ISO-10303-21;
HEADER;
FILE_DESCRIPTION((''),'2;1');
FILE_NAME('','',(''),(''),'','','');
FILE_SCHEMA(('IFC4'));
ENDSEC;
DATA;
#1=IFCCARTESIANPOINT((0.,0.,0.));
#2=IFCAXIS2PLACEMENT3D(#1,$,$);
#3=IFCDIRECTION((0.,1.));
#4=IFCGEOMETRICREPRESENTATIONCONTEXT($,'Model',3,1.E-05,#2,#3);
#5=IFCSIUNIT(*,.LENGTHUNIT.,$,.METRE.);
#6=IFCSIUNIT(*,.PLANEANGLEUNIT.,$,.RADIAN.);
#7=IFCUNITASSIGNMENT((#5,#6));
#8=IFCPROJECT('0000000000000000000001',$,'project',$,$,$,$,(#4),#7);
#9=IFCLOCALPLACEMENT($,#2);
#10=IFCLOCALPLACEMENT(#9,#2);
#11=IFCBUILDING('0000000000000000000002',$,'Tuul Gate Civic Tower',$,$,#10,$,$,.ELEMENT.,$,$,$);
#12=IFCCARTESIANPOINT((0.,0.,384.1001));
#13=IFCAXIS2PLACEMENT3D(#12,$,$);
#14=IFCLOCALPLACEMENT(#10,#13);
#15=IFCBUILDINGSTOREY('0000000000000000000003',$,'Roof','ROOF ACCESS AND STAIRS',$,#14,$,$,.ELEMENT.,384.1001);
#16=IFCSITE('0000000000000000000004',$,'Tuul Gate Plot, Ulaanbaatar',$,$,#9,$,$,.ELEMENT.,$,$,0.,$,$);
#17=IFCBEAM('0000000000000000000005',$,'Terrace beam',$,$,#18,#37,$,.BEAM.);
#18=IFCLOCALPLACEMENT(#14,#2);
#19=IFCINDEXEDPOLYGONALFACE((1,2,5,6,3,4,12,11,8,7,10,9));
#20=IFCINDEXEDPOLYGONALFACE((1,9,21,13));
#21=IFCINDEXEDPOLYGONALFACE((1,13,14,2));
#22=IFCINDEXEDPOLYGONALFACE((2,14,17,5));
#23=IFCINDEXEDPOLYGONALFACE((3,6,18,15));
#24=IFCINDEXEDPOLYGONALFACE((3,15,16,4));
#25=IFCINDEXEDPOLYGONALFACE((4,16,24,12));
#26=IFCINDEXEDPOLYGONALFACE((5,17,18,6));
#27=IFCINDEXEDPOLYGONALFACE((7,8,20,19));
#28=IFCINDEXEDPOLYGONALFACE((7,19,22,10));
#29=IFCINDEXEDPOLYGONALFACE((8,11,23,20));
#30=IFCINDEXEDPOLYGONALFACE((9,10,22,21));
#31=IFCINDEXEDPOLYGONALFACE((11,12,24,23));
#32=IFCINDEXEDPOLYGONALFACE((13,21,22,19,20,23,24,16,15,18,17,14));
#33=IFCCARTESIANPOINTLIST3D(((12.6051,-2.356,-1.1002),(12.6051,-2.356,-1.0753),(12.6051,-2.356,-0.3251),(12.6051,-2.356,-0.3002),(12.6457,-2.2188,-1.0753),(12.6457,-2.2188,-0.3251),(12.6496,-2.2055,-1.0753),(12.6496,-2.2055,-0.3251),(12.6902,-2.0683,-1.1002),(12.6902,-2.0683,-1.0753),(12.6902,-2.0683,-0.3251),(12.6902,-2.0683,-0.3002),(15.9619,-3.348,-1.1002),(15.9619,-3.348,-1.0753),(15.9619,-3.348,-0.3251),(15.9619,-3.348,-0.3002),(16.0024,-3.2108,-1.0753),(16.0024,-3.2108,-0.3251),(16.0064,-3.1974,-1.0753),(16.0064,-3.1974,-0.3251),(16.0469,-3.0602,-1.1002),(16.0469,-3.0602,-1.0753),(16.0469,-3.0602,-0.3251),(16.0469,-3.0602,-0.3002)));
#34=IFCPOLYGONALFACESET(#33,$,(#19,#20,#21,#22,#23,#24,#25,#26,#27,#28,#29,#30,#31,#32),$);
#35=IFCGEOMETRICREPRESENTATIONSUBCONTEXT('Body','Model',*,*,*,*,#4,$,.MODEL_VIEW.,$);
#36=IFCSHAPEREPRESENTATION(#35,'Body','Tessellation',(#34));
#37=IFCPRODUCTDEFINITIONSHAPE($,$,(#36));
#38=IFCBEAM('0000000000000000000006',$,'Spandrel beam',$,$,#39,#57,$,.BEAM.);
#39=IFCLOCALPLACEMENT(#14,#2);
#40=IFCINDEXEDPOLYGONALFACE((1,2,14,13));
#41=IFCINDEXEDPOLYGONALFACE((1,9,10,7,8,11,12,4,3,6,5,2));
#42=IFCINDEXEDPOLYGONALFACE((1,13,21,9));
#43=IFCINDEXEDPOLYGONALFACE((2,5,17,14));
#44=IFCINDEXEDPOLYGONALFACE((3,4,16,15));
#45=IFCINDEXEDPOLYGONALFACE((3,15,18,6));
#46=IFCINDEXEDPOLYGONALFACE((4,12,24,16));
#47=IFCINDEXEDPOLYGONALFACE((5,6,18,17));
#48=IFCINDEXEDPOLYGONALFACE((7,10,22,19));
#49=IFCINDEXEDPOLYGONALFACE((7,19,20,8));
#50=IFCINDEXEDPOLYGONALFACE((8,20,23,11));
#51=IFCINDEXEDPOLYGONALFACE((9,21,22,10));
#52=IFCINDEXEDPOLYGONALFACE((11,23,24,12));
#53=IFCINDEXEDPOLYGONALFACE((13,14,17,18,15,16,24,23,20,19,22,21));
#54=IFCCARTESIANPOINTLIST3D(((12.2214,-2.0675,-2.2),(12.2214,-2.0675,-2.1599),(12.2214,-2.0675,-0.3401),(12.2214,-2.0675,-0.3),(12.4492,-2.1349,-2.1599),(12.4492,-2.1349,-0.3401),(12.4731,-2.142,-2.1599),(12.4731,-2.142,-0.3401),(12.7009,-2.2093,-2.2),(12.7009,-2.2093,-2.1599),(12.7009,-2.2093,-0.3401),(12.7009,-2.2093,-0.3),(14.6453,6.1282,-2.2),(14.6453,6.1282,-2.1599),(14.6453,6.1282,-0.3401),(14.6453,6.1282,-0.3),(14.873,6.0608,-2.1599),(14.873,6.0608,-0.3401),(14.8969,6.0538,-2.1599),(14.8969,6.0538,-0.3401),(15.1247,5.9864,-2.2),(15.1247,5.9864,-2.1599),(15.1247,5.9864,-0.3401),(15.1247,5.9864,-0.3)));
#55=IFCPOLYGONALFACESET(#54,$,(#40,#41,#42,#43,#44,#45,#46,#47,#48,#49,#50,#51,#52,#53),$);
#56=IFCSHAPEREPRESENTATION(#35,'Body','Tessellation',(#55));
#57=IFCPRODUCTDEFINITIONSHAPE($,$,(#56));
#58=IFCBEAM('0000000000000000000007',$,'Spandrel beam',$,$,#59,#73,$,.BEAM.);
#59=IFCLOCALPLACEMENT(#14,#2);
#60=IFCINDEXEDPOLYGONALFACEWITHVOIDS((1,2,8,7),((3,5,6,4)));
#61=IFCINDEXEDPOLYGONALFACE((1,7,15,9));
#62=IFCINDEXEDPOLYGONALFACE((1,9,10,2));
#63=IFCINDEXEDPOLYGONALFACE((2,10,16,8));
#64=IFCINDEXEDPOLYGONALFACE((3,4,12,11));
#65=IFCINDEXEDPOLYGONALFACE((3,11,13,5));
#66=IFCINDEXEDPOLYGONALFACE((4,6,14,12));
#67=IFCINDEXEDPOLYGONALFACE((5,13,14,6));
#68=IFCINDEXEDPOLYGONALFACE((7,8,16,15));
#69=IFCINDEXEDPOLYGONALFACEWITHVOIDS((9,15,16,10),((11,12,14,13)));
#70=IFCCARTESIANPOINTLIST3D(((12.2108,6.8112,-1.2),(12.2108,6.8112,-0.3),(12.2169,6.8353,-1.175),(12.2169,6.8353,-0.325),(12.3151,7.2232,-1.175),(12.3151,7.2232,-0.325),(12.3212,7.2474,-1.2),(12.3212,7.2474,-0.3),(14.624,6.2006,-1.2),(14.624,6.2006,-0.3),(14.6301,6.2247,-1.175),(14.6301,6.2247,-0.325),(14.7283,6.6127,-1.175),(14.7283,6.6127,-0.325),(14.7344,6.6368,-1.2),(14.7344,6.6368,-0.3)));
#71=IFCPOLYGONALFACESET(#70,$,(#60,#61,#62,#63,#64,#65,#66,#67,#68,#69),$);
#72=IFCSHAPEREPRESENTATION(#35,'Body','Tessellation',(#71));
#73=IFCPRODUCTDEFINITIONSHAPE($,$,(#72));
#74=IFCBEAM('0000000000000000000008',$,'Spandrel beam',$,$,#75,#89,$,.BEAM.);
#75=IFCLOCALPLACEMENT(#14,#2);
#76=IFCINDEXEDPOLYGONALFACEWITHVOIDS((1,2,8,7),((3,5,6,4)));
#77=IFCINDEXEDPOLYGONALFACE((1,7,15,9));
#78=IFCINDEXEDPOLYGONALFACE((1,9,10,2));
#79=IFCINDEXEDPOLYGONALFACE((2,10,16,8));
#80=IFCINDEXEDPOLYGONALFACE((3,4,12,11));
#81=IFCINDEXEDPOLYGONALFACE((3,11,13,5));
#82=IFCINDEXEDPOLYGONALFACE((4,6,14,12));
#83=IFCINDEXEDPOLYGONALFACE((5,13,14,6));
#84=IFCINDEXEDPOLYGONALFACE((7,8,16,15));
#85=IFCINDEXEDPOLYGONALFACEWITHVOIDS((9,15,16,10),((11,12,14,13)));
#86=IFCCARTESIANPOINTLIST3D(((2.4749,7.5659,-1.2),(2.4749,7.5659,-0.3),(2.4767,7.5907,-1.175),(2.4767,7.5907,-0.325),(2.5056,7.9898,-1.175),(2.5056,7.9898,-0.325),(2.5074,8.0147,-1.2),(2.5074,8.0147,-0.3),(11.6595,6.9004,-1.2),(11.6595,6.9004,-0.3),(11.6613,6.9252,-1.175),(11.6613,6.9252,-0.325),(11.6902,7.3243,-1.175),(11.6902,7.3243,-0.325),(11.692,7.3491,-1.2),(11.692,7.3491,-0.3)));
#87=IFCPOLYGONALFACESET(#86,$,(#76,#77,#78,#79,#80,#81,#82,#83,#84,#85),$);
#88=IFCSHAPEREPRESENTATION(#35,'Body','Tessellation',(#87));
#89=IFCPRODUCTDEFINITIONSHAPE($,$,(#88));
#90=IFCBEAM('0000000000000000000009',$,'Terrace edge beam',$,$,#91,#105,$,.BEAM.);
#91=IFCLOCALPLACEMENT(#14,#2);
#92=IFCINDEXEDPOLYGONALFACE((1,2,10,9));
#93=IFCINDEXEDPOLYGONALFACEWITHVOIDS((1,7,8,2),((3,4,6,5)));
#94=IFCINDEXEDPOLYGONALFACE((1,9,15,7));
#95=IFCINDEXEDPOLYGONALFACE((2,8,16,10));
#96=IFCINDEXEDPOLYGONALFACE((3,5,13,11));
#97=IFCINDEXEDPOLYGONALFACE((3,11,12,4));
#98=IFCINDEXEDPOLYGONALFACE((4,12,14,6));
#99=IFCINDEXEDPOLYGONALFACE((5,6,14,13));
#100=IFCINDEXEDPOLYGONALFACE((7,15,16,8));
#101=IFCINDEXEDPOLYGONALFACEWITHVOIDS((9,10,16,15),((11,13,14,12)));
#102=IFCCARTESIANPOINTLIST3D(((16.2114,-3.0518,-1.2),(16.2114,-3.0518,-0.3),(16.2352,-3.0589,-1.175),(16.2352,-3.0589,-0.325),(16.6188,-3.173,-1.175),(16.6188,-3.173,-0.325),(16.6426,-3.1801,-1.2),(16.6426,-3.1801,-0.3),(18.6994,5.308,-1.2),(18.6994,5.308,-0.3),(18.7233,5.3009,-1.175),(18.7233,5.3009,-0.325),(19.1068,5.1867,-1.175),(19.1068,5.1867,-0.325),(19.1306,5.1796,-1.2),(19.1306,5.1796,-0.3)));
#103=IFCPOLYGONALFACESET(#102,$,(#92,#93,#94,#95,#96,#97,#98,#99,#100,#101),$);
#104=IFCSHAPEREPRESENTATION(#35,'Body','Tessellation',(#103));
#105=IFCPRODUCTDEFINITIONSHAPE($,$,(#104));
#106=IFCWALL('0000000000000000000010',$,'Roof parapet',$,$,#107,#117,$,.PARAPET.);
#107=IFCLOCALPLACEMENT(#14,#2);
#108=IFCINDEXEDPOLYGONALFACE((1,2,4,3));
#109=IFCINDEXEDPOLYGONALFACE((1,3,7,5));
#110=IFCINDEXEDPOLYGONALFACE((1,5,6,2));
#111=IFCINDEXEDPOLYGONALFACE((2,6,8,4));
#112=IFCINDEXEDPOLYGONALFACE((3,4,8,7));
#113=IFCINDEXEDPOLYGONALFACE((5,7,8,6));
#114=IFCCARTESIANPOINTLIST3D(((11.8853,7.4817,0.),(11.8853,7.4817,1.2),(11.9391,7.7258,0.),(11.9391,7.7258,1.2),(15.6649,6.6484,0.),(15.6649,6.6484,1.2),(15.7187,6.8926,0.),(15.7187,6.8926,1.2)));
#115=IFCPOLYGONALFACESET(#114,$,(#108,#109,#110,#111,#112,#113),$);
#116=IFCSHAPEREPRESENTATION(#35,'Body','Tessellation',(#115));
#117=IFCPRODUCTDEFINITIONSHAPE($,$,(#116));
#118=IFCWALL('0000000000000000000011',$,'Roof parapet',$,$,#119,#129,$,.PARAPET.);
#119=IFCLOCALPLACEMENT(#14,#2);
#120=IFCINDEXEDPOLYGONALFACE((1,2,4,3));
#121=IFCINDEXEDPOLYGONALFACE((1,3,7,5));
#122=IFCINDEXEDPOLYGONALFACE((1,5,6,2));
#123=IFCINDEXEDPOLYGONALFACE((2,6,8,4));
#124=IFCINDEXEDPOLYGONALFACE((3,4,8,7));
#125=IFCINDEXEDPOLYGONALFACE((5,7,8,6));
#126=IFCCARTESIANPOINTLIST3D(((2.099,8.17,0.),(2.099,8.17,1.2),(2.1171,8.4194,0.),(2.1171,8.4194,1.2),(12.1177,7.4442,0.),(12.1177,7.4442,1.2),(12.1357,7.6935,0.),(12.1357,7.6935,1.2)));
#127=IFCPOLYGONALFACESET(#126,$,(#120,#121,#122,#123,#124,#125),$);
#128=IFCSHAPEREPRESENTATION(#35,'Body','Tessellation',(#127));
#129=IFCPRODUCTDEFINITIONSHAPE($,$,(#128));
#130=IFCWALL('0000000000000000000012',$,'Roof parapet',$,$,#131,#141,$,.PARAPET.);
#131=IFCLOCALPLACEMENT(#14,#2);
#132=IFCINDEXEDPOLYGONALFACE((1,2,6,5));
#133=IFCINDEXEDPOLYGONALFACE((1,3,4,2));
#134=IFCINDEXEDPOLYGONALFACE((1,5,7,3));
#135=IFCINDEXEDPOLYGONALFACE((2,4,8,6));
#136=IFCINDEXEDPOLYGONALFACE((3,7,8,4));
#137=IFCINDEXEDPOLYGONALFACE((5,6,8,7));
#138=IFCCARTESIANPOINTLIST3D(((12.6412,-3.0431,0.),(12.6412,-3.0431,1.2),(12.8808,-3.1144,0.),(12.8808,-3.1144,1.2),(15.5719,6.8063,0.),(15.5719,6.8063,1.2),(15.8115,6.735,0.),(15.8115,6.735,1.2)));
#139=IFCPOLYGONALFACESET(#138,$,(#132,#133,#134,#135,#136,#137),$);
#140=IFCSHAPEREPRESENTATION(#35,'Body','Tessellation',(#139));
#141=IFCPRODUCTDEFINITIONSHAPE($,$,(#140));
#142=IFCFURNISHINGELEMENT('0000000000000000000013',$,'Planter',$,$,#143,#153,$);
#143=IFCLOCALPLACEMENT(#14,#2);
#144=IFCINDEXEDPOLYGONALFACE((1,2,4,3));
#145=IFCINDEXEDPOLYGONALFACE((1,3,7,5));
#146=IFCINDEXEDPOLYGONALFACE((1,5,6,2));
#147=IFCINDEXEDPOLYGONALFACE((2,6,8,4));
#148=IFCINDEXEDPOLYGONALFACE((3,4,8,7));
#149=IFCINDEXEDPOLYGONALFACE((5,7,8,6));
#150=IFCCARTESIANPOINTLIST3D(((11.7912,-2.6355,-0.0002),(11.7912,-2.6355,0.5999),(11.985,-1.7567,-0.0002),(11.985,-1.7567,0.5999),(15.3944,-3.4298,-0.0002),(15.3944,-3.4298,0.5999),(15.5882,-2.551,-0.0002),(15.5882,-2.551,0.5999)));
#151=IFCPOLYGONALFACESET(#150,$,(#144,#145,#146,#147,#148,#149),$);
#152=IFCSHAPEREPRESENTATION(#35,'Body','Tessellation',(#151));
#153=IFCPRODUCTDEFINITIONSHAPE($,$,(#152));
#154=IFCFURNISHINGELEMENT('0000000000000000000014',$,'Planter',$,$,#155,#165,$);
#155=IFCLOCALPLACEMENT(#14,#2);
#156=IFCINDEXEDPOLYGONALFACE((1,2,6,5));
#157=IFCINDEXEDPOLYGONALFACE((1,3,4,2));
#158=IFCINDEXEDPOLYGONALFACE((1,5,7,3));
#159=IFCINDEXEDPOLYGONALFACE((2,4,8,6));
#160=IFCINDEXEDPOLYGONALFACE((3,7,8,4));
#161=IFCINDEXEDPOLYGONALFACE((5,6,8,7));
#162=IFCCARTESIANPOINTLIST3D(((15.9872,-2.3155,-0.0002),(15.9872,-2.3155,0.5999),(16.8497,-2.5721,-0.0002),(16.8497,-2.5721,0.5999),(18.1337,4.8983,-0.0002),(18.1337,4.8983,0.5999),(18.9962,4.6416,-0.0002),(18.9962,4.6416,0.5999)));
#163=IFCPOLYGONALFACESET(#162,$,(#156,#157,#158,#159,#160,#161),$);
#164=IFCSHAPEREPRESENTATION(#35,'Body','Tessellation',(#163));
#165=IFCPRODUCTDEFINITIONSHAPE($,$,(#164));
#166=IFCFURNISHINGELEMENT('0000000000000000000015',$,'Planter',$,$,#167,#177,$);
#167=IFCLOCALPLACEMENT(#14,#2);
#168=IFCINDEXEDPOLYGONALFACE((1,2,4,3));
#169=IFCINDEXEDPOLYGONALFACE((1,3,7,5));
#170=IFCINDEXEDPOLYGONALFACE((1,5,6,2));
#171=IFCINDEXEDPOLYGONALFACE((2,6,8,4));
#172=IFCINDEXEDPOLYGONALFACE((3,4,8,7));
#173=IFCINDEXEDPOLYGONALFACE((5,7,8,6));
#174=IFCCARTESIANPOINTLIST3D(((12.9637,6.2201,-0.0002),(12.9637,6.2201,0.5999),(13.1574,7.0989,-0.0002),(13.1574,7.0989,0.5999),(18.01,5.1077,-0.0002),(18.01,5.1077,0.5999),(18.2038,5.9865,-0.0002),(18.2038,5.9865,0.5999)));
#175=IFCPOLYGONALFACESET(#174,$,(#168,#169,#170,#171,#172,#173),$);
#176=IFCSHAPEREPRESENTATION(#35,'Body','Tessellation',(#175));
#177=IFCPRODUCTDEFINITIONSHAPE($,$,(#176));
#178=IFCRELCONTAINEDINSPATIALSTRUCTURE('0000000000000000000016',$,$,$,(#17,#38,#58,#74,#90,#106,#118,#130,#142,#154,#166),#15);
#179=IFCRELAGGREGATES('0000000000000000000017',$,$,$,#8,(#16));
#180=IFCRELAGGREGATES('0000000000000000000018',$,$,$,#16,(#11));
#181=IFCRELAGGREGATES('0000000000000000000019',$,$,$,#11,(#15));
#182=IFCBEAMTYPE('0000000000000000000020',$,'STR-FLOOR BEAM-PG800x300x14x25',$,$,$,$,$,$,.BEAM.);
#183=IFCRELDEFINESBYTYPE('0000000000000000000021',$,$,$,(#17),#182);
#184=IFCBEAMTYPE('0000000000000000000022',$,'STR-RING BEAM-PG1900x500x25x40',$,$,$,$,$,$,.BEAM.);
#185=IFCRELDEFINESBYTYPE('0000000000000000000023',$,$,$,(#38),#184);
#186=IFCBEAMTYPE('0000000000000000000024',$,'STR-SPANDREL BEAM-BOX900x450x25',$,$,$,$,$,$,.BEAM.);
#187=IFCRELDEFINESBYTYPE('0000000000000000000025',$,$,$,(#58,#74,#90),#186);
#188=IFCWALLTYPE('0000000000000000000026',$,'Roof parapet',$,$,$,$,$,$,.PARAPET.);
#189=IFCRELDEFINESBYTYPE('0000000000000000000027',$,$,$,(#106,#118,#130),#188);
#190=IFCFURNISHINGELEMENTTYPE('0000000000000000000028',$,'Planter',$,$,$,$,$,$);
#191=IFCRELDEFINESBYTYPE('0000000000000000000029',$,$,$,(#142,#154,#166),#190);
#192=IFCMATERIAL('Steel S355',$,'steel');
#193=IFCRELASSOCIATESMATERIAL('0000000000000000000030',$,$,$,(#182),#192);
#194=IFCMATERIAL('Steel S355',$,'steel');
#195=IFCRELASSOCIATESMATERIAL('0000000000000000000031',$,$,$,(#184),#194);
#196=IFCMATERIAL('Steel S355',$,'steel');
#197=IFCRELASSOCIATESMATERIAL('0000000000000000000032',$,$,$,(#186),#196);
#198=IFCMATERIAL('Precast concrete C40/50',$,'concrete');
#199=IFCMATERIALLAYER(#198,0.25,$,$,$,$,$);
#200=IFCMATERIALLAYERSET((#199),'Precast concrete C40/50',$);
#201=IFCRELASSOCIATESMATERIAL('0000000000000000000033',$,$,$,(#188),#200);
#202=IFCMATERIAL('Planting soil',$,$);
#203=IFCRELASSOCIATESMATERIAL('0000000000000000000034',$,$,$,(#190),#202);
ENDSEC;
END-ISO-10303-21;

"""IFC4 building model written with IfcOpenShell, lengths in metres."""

from ifc_helpers import new_model, si_unit, direction, frame, frame_2d, origin, origin_2d, place, context, subcontext, project, spatial, rectangle, hollow_rectangle, i_section, extrude, material, layer, layer_set, material_profile, profile_set, type_object, element, save


model = new_model("IFC4")

# Units and contexts
model_context = context("Model", 3, precision=1e-05, world=origin(), true_north=direction((0.0, 1.0)))
body_context = subcontext(model_context, "Body", "Model", "MODEL_VIEW")
ifc_project = project(units=[si_unit("LENGTHUNIT", "METRE"), si_unit("PLANEANGLEUNIT", "RADIAN")], contexts=[model_context])

# Site, building, storey
site_placement = place(None, origin())
site = spatial("IfcSite", under=ifc_project, at=site_placement, Name="Tuul Gate Plot, Ulaanbaatar", CompositionType="ELEMENT", RefElevation=0.0)
building_placement = place(site_placement, origin())
building = spatial("IfcBuilding", under=site, at=building_placement, Name="Tuul Gate Civic Tower", CompositionType="ELEMENT")
storey_placement = place(building_placement, frame((0.0, 0.0, 384.1001)))
storey = spatial("IfcBuildingStorey", under=building, at=storey_placement, Name="Roof", Description="ROOF ACCESS AND STAIRS", CompositionType="ELEMENT", Elevation=384.1001)

# Beams
ifc_material_1 = material(Name="Steel S355", Category="steel")
ifc_material_profile_1 = material_profile(ifc_material_1, i_section(OverallWidth=0.3, OverallDepth=0.8, WebThickness=0.0139, FlangeThickness=0.0249, at=origin_2d()), Name="PG800x300x14x25")
ifc_profile_set_1 = profile_set([ifc_material_profile_1], Name="Steel S355")
beam_type_1 = type_object("IfcBeamType", Name="STR-FLOOR BEAM-PG800x300x14x25", PredefinedType="BEAM", material=ifc_profile_set_1)
beam_1_placement = place(storey_placement, frame((16.0044, -3.2041, -0.7002), z_axis=(-0.959003, 0.283397, 0.0), x_axis=(-0.283397, -0.959003, 0.0)))
element("IfcBeam", 1, at=beam_1_placement, inside=storey, type_object=beam_type_1, Name="Terrace beam", PredefinedType="BEAM", context=body_context, shape_type="SweptSolid", body=[
    extrude(i_section(OverallWidth=0.3, OverallDepth=0.8, WebThickness=0.0139, FlangeThickness=0.0249, at=origin_2d()), origin(), (0.0, 0.0, 1.0), 3.5002),
])
ifc_material_2 = material(Name="Steel S355", Category="steel")
ifc_material_profile_2 = material_profile(ifc_material_2, i_section(OverallWidth=0.5, OverallDepth=1.8999, WebThickness=0.0249, FlangeThickness=0.04, at=origin_2d()), Name="PG1900x500x25x40")
ifc_profile_set_2 = profile_set([ifc_material_profile_2], Name="Steel S355")
beam_type_2 = type_object("IfcBeamType", Name="STR-RING BEAM-PG1900x500x25x40", PredefinedType="BEAM", material=ifc_profile_set_2)
beam_2_placement = place(storey_placement, frame((12.4612, -2.1384, -1.25), z_axis=(0.283598, 0.958943, 0.0), x_axis=(-0.958943, 0.283598, 0.0)))
element("IfcBeam", 2, at=beam_2_placement, inside=storey, type_object=beam_type_2, Name="Spandrel beam", PredefinedType="BEAM", context=body_context, shape_type="SweptSolid", body=[
    extrude(i_section(OverallWidth=0.5, OverallDepth=1.8999, WebThickness=0.0249, FlangeThickness=0.04, at=origin_2d()), origin(), (0.0, 0.0, 1.0), 8.5466),
])
ifc_material_3 = material(Name="Steel S355", Category="steel")
ifc_material_profile_3 = material_profile(ifc_material_3, hollow_rectangle(XDim=0.45, YDim=0.8999, WallThickness=0.0249, at=origin_2d()), Name="BOX900x450x25")
ifc_profile_set_3 = profile_set([ifc_material_profile_3], Name="Steel S355")
beam_type_3 = type_object("IfcBeamType", Name="STR-SPANDREL BEAM-BOX900x450x25", PredefinedType="BEAM", material=ifc_profile_set_3)
beam_3_placement = place(storey_placement, frame((14.6792, 6.4187, -0.75), z_axis=(-0.969452, 0.245281, 0.0), x_axis=(-0.245281, -0.969452, 0.0)))
element("IfcBeam", 3, at=beam_3_placement, inside=storey, type_object=beam_type_3, Name="Spandrel beam", PredefinedType="BEAM", context=body_context, shape_type="SweptSolid", body=[
    extrude(hollow_rectangle(XDim=0.45, YDim=0.8999, WallThickness=0.0249, at=origin_2d()), origin(), (0.0, 0.0, 1.0), 2.4893),
])
beam_4_placement = place(storey_placement, frame((11.6758, 7.1248, -0.75), z_axis=(-0.997385, 0.072272, 0.0), x_axis=(-0.072272, -0.997385, 0.0)))
element("IfcBeam", 4, at=beam_4_placement, inside=storey, type_object=beam_type_3, Name="Spandrel beam", PredefinedType="BEAM", context=body_context, shape_type="SweptSolid", body=[
    extrude(hollow_rectangle(XDim=0.45, YDim=0.8999, WallThickness=0.0249, at=origin_2d()), origin(), (0.0, 0.0, 1.0), 9.2087),
])
beam_5_placement = place(storey_placement, frame((16.427, -3.116, -0.75), z_axis=(0.285252, 0.958453, 0.0), x_axis=(-0.958453, 0.285252, 0.0)))
element("IfcBeam", 5, at=beam_5_placement, inside=storey, type_object=beam_type_3, Name="Terrace edge beam", PredefinedType="BEAM", context=body_context, shape_type="SweptSolid", body=[
    extrude(hollow_rectangle(XDim=0.45, YDim=0.8999, WallThickness=0.0249, at=origin_2d()), origin(), (0.0, 0.0, 1.0), 8.7222),
])

# Walls
ifc_material_4 = material(Name="Precast concrete C40/50", Category="concrete")
ifc_layer = layer(ifc_material_4, 0.25)
ifc_layer_set = layer_set([ifc_layer], Name="Precast concrete C40/50")
wall_type = type_object("IfcWallType", Name="Roof parapet", PredefinedType="PARAPET", material=ifc_layer_set)
wall_1_placement = place(storey_placement, frame((15.6917, 6.7705, 0.0), z_axis=(0.0, 0.0, 1.0), x_axis=(-0.976549, 0.215294, 0.0)))
element("IfcWall", 6, at=wall_1_placement, inside=storey, type_object=wall_type, Name="Roof parapet", PredefinedType="PARAPET", context=body_context, shape_type="SweptSolid", body=[
    extrude(rectangle(XDim=3.8704, YDim=0.25, at=frame_2d((1.9351, 0.0))), origin(), (0.0, 0.0, 1.0), 1.2),
])
wall_2_placement = place(storey_placement, frame((12.1267, 7.5688, 0.0), z_axis=(0.0, 0.0, 1.0), x_axis=(-0.997386, 0.072259, 0.0)))
element("IfcWall", 7, at=wall_2_placement, inside=storey, type_object=wall_type, Name="Roof parapet", PredefinedType="PARAPET", context=body_context, shape_type="SweptSolid", body=[
    extrude(rectangle(XDim=10.0449, YDim=0.25, at=frame_2d((5.0225, 0.0))), origin(), (0.0, 0.0, 1.0), 1.2),
])
wall_3_placement = place(storey_placement, frame((12.761, -3.0789, 0.0), z_axis=(0.0, 0.0, 1.0), x_axis=(0.285191, 0.958471, 0.0)))
element("IfcWall", 8, at=wall_3_placement, inside=storey, type_object=wall_type, Name="Roof parapet", PredefinedType="PARAPET", context=body_context, shape_type="SweptSolid", body=[
    extrude(rectangle(XDim=10.2761, YDim=0.25, at=frame_2d((5.1382, 0.0))), origin(), (0.0, 0.0, 1.0), 1.2),
])

# Furnishing elements
ifc_material_5 = material(Name="Planting soil")
furnishing_element_type = type_object("IfcFurnishingElementType", Name="Planter", material=ifc_material_5)
furnishing_1_placement = place(storey_placement, frame((13.6897, -2.5933, -0.0002), z_axis=(0.0, 0.0, 1.0), x_axis=(0.976553, -0.215278, 0.0)))
element("IfcFurnishingElement", 9, at=furnishing_1_placement, inside=storey, type_object=furnishing_element_type, Name="Planter", context=body_context, shape_type="SweptSolid", body=[
    extrude(rectangle(XDim=3.6897, YDim=0.8999, at=origin_2d()), origin(), (0.0, 0.0, 1.0), 0.6001),
])
furnishing_2_placement = place(storey_placement, frame((17.4917, 1.1631, -0.0002), z_axis=(0.0, 0.0, 1.0), x_axis=(0.285203, 0.958467, 0.0)))
element("IfcFurnishingElement", 10, at=furnishing_2_placement, inside=storey, type_object=furnishing_element_type, Name="Planter", context=body_context, shape_type="SweptSolid", body=[
    extrude(rectangle(XDim=7.5264, YDim=0.8999, at=origin_2d()), origin(), (0.0, 0.0, 1.0), 0.6001),
])
furnishing_3_placement = place(storey_placement, frame((15.5837, 6.1033, -0.0002), z_axis=(0.0, 0.0, 1.0), x_axis=(-0.976556, 0.215265, 0.0)))
element("IfcFurnishingElement", 11, at=furnishing_3_placement, inside=storey, type_object=furnishing_element_type, Name="Planter", context=body_context, shape_type="SweptSolid", body=[
    extrude(rectangle(XDim=5.1675, YDim=0.8999, at=origin_2d()), origin(), (0.0, 0.0, 1.0), 0.6001),
])

save(model, "model.ifc")
